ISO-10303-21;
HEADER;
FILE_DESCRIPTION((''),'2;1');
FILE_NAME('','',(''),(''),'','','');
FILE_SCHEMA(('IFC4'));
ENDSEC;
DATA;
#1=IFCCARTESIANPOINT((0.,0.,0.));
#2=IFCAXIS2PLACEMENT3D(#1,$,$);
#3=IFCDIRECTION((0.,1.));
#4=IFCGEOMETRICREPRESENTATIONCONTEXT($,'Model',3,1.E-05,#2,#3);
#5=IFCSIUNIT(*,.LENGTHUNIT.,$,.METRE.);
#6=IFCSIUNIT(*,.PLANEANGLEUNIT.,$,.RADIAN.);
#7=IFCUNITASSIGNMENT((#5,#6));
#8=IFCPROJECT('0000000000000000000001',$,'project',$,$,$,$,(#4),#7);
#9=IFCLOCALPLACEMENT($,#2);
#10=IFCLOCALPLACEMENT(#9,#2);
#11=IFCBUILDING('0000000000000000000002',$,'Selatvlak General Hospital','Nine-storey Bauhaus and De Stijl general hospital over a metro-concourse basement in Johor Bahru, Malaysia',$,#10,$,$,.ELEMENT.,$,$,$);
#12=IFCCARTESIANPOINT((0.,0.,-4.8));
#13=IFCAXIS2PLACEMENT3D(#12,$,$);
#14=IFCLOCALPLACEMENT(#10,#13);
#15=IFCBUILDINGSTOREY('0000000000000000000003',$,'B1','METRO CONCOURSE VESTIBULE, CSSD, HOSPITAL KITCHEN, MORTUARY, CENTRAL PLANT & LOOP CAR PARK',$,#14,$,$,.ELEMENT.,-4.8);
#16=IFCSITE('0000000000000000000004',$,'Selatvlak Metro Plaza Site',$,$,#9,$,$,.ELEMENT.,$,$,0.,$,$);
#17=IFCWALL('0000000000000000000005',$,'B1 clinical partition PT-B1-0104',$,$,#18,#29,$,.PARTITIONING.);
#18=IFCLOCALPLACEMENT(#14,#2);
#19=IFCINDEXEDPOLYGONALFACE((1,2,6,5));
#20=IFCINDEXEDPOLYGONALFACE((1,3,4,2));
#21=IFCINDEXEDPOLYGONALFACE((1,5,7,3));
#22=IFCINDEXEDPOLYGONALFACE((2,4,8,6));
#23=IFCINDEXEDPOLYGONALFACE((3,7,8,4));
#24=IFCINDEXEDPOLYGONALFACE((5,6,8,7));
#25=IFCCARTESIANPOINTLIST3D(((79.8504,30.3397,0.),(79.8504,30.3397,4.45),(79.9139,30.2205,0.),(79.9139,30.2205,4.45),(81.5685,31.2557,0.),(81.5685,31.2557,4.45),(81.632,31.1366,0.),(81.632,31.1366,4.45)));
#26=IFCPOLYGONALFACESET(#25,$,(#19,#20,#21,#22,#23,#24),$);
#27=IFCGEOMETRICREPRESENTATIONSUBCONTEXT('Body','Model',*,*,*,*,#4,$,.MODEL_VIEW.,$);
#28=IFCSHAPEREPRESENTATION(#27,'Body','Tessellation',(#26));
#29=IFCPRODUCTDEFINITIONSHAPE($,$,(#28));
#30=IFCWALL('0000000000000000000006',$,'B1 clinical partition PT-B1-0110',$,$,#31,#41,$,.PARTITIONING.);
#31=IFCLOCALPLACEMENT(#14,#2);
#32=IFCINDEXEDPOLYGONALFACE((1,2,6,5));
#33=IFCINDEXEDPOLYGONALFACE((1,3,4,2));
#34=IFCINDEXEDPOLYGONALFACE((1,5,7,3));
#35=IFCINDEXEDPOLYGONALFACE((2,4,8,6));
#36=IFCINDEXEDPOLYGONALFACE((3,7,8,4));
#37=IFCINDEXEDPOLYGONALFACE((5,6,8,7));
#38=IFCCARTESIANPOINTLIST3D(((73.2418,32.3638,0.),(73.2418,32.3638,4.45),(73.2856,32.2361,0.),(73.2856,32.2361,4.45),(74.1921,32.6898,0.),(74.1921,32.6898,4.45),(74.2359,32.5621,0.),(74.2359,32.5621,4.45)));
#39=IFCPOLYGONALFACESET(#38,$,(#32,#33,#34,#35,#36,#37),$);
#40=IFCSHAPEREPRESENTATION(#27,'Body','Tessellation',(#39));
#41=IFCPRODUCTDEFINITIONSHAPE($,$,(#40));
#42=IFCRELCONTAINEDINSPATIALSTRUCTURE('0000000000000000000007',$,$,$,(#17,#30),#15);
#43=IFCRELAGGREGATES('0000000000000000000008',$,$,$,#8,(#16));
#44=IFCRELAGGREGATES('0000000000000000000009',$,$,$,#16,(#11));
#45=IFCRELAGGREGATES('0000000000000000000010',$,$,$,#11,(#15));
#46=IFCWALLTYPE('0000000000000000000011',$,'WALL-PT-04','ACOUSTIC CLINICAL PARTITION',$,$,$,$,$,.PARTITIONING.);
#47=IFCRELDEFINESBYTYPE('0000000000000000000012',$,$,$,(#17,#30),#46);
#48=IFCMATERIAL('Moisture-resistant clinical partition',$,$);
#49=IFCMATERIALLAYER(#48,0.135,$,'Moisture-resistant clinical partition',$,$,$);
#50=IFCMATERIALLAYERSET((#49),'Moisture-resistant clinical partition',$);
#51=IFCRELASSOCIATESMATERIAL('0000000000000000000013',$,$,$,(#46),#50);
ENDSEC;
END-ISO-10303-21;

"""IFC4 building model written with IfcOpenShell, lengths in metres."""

from ifc_helpers import new_model, si_unit, direction, frame, frame_2d, origin, place, context, subcontext, project, spatial, rectangle, extrude, material, layer, layer_set, type_object, element, save


model = new_model("IFC4")

# Units and contexts
model_context = context("Model", 3, precision=1e-05, world=origin(), true_north=direction((0.0, 1.0)))
body_context = subcontext(model_context, "Body", "Model", "MODEL_VIEW")
ifc_project = project(units=[si_unit("LENGTHUNIT", "METRE"), si_unit("PLANEANGLEUNIT", "RADIAN")], contexts=[model_context])

# Site, building, storey
site_placement = place(None, origin())
site = spatial("IfcSite", under=ifc_project, at=site_placement, Name="Selatvlak Metro Plaza Site", CompositionType="ELEMENT", RefElevation=0.0)
building_placement = place(site_placement, origin())
building = spatial("IfcBuilding", under=site, at=building_placement, Name="Selatvlak General Hospital", Description="Nine-storey Bauhaus and De Stijl general hospital over a metro-concourse basement in Johor Bahru, Malaysia", CompositionType="ELEMENT")
storey_placement = place(building_placement, frame((0.0, 0.0, -4.8)))
storey = spatial("IfcBuildingStorey", under=building, at=storey_placement, Name="B1", Description="METRO CONCOURSE VESTIBULE, CSSD, HOSPITAL KITCHEN, MORTUARY, CENTRAL PLANT & LOOP CAR PARK", CompositionType="ELEMENT", Elevation=-4.8)

# Walls
ifc_material_1 = material(Name="Moisture-resistant clinical partition")
ifc_layer_1 = layer(ifc_material_1, 0.135, Name="Moisture-resistant clinical partition")
ifc_layer_set_1 = layer_set([ifc_layer_1], Name="Moisture-resistant clinical partition")
wall_type_1 = type_object("IfcWallType", Name="WALL-PT-04", Description="ACOUSTIC CLINICAL PARTITION", PredefinedType="PARTITIONING", material=ifc_layer_set_1)
wall_1_placement = place(storey_placement, frame((79.8821, 30.28, 0.0), z_axis=(0.0, 0.0, 1.0), x_axis=(0.882408, 0.470484, 0.0)))
element("IfcWall", 1, at=wall_1_placement, inside=storey, type_object=wall_type_1, Name="B1 clinical partition PT-B1-0104", PredefinedType="PARTITIONING", context=body_context, shape_type="SweptSolid", body=[
    extrude(rectangle(XDim=1.947, YDim=0.135, at=frame_2d((0.9736, 0.0))), origin(), (0.0, 0.0, 1.0), 4.45),
])
wall_2_placement = place(storey_placement, frame((74.2141, 32.626, 0.0), z_axis=(0.0, 0.0, 1.0), x_axis=(-0.945901, -0.324455, 0.0)))
element("IfcWall", 2, at=wall_2_placement, inside=storey, type_object=wall_type_1, Name="B1 clinical partition PT-B1-0110", PredefinedType="PARTITIONING", context=body_context, shape_type="SweptSolid", body=[
    extrude(rectangle(XDim=1.0046, YDim=0.135, at=frame_2d((0.5024, 0.0))), origin(), (0.0, 0.0, 1.0), 4.45),
])

save(model, "model.ifc")
